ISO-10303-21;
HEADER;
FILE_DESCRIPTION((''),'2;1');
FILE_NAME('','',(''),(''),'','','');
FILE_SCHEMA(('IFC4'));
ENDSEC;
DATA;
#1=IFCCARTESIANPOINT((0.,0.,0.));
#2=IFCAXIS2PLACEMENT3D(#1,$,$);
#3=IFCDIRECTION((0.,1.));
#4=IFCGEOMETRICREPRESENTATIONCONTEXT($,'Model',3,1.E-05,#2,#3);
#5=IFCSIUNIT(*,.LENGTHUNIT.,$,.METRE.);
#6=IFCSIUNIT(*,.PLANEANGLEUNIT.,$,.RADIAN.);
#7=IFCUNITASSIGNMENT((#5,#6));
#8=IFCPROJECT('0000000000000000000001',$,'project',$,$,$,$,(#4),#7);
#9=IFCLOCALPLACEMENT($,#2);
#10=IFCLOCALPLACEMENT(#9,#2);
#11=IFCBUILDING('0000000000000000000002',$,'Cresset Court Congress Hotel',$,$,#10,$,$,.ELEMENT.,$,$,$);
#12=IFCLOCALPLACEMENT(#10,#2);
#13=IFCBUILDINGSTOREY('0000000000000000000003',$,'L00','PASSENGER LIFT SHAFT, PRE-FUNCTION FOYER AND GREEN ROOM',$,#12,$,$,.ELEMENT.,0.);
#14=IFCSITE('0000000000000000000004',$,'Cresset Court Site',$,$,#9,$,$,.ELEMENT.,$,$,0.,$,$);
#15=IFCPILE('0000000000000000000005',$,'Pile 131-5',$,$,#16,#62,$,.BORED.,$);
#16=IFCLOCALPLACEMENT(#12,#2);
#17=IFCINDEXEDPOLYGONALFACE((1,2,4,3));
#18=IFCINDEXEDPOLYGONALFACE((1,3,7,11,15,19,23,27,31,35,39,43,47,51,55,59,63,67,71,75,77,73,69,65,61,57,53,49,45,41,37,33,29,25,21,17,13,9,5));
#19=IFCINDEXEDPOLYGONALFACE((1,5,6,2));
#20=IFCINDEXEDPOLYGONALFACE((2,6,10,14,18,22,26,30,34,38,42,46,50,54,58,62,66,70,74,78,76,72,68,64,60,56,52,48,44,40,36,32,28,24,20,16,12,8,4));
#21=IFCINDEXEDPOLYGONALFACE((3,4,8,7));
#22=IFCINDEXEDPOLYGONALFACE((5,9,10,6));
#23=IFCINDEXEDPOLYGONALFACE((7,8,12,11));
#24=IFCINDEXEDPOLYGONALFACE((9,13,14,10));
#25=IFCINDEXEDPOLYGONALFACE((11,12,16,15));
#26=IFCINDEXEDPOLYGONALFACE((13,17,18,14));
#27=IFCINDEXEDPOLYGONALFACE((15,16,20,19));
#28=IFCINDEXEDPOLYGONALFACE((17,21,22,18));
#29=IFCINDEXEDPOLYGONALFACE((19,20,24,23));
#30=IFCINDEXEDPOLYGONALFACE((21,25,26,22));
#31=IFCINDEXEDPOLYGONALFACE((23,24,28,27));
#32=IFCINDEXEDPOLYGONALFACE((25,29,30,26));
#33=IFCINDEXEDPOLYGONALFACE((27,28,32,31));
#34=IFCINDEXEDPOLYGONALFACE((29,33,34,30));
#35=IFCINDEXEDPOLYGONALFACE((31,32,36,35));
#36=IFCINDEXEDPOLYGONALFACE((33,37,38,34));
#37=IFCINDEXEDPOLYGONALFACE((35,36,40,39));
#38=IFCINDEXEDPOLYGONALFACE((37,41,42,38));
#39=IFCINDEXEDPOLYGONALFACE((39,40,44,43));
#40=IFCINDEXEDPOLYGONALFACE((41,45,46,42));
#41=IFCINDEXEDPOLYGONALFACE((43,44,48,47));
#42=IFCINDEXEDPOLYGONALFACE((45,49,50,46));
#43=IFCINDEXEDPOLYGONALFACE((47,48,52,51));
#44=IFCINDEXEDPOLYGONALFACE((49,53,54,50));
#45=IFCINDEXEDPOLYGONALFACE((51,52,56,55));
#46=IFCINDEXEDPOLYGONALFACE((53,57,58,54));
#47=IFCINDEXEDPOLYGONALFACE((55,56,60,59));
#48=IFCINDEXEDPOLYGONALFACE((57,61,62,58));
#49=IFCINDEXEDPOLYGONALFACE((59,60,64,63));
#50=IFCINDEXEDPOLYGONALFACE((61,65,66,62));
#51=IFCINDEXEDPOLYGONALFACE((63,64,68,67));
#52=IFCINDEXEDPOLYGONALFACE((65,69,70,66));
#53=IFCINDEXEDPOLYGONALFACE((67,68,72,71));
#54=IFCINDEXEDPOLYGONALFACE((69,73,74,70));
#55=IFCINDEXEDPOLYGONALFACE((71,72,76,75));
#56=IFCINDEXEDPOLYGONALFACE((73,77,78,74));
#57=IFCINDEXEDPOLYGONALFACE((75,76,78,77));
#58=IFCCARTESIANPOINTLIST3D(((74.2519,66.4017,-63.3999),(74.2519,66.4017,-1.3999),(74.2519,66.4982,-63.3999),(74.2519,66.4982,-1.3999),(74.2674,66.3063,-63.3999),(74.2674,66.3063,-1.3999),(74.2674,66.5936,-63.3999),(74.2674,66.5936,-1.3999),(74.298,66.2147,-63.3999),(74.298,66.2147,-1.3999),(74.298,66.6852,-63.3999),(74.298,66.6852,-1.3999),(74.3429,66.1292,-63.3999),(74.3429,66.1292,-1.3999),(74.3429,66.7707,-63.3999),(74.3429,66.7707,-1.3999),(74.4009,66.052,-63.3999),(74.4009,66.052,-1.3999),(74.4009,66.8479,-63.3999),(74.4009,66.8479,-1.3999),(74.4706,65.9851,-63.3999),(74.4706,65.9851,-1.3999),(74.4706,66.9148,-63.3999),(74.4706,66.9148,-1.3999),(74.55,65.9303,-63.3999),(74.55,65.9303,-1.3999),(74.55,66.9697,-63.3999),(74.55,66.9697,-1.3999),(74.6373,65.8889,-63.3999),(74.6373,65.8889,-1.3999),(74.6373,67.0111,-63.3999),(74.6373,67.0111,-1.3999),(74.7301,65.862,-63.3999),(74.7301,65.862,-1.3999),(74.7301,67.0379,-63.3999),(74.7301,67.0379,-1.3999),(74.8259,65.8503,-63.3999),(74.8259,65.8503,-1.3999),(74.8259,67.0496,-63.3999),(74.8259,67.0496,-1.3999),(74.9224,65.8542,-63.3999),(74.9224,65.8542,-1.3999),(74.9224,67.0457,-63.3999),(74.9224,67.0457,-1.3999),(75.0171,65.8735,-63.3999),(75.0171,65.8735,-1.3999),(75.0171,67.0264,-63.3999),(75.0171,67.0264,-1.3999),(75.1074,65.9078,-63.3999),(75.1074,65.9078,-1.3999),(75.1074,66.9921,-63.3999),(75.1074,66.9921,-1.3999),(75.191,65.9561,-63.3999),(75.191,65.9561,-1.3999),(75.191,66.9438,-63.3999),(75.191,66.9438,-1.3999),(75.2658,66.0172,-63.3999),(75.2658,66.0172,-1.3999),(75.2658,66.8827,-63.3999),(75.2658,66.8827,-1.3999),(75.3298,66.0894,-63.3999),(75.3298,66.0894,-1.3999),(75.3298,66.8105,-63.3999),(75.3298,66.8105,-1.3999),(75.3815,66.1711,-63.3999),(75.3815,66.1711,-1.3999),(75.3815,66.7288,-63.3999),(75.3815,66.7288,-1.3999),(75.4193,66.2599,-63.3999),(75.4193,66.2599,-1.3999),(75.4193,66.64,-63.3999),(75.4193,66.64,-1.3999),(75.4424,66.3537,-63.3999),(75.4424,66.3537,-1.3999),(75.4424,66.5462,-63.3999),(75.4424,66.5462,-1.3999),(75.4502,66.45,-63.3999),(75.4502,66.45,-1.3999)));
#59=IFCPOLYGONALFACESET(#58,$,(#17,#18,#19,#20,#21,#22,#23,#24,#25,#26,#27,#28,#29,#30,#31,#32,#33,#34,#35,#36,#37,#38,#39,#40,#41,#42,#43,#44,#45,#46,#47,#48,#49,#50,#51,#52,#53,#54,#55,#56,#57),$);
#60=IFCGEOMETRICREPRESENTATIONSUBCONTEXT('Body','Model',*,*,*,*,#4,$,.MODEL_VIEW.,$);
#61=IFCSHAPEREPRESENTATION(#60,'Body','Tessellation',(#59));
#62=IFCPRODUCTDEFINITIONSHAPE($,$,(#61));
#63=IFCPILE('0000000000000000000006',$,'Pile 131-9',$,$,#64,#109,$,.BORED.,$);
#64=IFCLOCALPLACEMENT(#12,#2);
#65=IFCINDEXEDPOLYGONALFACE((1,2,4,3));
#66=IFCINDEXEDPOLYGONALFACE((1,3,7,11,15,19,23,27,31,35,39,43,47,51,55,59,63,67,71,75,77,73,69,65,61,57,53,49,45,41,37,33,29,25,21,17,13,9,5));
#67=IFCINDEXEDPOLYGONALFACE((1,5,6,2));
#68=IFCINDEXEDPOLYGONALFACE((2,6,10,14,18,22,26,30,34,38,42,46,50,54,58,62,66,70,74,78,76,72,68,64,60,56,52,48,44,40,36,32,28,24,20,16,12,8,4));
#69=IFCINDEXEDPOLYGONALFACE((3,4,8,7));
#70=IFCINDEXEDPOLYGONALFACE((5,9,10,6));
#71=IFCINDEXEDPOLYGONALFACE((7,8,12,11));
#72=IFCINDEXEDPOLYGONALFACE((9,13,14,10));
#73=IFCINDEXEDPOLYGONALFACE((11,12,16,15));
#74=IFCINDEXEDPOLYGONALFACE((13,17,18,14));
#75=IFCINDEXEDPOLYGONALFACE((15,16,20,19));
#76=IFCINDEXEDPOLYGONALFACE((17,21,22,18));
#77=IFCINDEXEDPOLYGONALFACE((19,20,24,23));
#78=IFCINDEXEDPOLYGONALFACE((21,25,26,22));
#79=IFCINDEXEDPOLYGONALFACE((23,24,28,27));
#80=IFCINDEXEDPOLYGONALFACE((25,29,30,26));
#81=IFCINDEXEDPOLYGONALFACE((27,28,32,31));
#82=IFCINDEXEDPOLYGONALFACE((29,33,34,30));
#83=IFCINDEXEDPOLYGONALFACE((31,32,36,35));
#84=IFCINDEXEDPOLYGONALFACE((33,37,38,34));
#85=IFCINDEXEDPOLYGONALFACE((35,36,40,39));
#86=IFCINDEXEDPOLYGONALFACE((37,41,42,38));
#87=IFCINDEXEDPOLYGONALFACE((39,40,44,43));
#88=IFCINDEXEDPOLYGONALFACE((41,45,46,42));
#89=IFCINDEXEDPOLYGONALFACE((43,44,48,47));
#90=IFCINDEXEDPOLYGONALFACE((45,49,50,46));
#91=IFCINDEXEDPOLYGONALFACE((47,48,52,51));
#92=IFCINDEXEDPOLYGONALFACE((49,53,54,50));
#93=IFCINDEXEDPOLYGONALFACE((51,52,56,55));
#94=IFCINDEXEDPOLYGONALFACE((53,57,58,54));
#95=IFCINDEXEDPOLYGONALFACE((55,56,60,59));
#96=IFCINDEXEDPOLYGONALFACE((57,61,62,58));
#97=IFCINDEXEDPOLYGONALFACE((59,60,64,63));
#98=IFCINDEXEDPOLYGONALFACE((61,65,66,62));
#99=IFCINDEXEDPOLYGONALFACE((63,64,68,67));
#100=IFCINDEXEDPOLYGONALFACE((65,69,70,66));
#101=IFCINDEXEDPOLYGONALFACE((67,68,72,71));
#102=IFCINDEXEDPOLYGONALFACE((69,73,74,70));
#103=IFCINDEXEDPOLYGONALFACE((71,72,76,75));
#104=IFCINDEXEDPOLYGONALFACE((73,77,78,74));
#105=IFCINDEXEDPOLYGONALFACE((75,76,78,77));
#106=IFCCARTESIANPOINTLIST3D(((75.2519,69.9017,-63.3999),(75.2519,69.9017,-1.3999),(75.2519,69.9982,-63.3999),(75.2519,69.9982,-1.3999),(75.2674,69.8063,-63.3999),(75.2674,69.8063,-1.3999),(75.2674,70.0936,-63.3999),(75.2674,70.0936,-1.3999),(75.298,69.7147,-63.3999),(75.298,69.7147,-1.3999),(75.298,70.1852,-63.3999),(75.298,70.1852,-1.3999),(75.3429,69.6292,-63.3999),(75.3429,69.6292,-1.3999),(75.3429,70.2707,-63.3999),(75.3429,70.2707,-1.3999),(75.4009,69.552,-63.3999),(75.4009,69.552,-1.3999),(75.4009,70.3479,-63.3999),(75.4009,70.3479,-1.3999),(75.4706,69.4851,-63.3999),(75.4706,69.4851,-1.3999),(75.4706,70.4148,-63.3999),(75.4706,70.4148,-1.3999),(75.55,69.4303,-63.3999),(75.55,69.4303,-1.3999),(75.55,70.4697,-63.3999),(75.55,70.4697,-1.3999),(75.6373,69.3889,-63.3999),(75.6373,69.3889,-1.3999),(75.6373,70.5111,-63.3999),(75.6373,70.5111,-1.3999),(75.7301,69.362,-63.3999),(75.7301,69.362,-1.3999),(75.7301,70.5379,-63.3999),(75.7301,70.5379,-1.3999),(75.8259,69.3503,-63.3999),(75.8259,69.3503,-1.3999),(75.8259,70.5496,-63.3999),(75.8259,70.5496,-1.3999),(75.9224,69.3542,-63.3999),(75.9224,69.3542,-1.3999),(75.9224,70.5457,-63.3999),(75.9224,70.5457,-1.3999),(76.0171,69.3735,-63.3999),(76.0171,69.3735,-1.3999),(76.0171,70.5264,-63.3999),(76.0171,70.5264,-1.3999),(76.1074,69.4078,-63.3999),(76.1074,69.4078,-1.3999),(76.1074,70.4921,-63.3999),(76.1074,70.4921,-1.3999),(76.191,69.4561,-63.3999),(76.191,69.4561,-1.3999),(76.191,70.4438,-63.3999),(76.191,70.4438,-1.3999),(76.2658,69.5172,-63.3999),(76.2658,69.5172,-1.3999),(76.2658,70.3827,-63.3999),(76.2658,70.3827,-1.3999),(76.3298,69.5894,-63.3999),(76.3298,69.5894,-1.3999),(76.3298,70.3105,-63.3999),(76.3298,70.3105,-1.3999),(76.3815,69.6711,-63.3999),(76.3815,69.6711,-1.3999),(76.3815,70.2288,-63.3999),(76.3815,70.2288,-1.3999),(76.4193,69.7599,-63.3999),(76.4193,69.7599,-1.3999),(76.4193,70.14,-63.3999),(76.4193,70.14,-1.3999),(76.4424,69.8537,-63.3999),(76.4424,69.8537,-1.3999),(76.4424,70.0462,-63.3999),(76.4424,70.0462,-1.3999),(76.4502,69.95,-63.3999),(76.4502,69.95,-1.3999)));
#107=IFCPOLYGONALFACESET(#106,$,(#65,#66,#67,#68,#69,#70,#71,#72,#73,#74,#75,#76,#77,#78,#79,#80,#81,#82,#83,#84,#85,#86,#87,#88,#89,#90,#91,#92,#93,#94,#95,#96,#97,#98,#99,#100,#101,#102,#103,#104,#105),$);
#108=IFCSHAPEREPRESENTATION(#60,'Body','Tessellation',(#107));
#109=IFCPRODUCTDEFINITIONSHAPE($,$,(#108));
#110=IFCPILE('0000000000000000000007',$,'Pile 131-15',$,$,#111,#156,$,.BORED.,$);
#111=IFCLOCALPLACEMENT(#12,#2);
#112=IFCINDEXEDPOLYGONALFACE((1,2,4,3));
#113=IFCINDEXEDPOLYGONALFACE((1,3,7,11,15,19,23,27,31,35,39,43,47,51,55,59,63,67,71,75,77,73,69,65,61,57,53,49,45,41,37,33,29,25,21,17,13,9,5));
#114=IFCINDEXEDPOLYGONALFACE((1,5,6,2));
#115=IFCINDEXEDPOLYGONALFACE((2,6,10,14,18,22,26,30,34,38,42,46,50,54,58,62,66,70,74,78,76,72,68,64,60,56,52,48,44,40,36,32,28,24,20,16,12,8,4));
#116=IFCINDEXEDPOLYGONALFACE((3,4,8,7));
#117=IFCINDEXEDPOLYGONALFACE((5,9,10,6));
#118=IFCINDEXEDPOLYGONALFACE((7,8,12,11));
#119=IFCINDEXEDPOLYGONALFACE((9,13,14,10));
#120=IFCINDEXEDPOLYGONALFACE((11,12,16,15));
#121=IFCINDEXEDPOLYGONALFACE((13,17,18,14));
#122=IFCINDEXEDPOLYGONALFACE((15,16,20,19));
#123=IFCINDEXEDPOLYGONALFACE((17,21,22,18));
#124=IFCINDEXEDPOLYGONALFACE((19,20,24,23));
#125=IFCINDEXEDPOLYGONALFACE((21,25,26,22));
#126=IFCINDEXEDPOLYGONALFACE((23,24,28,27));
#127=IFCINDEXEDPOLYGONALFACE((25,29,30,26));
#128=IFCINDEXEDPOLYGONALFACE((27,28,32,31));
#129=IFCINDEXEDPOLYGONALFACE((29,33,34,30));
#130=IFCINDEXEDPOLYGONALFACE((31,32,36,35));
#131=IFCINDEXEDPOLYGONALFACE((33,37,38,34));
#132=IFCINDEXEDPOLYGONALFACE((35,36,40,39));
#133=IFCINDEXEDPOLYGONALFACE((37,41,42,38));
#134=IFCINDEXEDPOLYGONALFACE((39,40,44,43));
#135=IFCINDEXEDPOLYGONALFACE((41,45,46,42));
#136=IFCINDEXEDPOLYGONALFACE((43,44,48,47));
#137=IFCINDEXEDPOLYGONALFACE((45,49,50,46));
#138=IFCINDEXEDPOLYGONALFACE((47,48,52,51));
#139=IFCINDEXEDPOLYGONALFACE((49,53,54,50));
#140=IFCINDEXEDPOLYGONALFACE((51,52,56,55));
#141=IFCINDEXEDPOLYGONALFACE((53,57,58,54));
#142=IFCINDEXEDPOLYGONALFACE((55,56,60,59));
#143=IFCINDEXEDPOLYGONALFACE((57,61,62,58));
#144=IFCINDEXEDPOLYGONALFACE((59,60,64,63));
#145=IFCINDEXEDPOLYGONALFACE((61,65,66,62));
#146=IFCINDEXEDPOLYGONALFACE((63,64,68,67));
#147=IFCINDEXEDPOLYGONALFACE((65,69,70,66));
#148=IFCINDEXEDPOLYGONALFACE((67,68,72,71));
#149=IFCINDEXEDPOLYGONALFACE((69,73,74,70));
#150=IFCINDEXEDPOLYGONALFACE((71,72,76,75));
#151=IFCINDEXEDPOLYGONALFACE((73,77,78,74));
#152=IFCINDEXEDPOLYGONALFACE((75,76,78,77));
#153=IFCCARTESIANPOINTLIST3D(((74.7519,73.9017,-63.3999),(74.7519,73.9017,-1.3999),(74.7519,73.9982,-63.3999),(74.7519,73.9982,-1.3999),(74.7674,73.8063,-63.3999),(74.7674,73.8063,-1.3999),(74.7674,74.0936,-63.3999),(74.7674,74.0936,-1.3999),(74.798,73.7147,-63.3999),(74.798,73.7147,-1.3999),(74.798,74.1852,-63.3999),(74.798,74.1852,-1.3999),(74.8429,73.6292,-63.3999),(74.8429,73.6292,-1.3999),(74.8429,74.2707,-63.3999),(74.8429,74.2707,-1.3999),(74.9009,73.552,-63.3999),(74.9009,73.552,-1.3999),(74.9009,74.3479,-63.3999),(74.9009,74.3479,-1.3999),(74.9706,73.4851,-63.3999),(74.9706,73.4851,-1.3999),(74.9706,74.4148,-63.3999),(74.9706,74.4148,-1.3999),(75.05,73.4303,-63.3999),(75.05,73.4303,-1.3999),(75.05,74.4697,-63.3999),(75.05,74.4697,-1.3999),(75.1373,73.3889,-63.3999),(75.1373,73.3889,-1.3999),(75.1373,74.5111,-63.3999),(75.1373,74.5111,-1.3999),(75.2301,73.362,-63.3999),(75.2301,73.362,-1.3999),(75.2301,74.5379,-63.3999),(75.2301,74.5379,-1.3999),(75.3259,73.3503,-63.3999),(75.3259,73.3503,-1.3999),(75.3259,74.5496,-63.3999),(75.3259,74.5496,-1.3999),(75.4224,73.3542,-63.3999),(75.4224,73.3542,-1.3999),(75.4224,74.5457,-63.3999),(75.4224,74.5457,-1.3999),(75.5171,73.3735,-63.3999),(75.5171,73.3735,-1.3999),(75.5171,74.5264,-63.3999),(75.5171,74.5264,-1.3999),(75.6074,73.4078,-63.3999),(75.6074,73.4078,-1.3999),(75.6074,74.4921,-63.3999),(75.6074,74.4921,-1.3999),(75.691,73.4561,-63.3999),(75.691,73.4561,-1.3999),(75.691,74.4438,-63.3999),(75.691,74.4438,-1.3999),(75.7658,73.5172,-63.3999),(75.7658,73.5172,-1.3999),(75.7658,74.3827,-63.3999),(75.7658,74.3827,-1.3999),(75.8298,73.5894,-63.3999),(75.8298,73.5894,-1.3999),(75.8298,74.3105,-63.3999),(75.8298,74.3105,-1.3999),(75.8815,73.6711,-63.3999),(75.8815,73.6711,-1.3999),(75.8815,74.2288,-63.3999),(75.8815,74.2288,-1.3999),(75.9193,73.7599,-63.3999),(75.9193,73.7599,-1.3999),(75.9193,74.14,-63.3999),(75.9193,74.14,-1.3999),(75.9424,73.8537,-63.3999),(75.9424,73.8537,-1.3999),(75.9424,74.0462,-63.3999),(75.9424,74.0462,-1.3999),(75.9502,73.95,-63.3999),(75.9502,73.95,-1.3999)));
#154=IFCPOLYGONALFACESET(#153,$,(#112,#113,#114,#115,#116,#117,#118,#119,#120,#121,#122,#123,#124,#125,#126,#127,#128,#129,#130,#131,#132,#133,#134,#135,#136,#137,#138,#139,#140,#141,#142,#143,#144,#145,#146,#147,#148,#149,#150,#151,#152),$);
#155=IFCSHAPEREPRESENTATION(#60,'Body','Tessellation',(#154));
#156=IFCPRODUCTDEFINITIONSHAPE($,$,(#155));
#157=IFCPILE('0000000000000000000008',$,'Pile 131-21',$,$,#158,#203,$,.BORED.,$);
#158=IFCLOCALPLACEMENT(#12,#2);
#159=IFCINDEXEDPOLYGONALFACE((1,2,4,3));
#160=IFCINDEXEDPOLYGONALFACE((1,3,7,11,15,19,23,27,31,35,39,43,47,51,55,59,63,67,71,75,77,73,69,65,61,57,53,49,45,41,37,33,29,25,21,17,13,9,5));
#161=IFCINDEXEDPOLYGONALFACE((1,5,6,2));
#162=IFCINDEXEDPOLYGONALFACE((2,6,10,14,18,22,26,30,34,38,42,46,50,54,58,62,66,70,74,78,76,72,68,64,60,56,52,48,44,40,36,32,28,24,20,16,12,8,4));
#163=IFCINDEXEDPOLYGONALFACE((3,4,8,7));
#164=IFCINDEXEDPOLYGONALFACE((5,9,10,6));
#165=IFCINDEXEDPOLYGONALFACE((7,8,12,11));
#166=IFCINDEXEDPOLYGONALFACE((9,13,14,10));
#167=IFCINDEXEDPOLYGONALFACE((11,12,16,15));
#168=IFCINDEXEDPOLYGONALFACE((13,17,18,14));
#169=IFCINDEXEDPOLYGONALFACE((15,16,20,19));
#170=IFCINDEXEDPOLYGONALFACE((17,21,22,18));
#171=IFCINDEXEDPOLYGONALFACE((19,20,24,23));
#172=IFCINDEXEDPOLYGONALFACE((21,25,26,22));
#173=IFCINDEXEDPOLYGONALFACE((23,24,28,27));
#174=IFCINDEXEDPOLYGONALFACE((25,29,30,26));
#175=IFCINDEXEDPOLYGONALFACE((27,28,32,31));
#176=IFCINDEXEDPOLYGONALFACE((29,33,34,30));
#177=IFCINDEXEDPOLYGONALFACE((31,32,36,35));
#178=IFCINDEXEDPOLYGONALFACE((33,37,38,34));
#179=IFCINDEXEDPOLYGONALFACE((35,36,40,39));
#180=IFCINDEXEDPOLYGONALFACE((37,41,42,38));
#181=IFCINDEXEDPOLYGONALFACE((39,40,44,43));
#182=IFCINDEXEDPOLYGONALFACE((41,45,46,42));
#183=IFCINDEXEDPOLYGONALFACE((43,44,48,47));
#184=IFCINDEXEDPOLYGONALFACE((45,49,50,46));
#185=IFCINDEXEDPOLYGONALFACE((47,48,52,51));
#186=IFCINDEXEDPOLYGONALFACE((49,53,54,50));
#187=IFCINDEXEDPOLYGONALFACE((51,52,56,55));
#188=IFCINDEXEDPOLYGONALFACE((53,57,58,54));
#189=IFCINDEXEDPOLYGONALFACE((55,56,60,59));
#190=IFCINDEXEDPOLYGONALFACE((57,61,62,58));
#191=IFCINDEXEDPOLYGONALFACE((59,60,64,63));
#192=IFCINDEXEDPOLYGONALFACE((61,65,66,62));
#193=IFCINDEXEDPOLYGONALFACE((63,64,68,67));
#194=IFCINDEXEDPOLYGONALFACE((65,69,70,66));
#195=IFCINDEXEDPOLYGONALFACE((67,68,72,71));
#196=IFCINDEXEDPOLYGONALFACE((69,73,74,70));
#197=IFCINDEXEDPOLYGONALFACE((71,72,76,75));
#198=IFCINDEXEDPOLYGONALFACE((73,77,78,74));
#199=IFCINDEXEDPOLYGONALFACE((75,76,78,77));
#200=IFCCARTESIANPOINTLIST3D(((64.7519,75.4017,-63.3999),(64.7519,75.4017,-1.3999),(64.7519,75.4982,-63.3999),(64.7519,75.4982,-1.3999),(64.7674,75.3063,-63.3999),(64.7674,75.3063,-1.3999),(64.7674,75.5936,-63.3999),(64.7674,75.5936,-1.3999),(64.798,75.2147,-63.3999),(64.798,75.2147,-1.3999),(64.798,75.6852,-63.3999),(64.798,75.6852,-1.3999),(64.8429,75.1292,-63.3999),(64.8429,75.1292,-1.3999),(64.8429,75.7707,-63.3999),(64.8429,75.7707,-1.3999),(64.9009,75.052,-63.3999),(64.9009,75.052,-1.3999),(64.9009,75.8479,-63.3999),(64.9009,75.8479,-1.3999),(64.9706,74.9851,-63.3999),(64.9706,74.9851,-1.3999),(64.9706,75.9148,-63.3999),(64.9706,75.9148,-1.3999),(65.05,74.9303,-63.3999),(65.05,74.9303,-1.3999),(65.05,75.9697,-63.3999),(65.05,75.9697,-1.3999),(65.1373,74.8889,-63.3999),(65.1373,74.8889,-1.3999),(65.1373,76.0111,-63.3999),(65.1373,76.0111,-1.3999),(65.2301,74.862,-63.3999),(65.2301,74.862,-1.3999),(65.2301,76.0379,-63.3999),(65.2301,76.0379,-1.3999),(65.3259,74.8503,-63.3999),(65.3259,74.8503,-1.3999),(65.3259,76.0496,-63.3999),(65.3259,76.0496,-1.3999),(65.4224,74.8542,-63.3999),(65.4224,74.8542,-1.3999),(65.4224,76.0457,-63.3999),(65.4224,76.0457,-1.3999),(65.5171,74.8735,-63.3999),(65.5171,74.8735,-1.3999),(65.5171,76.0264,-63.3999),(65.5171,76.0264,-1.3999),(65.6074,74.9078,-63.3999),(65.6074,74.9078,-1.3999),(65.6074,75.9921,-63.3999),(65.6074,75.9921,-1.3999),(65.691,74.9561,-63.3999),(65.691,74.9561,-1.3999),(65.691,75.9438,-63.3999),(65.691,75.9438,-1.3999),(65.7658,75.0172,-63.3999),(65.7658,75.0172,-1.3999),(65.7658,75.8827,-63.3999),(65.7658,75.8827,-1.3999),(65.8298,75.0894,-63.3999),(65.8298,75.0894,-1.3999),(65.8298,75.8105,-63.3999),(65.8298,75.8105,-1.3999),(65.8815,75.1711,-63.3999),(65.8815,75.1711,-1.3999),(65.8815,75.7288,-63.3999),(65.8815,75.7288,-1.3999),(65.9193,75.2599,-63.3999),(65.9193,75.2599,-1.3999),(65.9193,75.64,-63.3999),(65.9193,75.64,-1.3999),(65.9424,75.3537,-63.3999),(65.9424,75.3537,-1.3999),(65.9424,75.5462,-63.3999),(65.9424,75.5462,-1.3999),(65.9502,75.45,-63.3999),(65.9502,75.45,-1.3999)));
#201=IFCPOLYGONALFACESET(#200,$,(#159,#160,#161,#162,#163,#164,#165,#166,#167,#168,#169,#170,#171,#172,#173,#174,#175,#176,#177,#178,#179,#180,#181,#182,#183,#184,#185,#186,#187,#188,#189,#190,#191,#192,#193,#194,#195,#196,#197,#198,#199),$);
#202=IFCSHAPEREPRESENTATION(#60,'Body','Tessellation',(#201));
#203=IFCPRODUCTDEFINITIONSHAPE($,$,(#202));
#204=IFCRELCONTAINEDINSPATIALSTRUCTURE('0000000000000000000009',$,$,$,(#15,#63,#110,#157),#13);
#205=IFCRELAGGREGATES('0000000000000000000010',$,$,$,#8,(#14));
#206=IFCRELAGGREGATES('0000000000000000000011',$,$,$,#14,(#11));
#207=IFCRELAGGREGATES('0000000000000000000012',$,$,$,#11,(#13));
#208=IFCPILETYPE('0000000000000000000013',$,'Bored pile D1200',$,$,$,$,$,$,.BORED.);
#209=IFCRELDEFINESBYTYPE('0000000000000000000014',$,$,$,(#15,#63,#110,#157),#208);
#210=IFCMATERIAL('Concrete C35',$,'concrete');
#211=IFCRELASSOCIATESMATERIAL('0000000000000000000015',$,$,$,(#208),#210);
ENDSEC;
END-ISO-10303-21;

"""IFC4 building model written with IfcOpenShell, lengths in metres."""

from ifc_helpers import new_model, si_unit, direction, frame, origin, origin_2d, place, context, subcontext, project, spatial, circle, extrude, material, type_object, element, save


model = new_model("IFC4")

# Units and contexts
model_context = context("Model", 3, precision=1e-05, world=origin(), true_north=direction((0.0, 1.0)))
body_context = subcontext(model_context, "Body", "Model", "MODEL_VIEW")
ifc_project = project(units=[si_unit("LENGTHUNIT", "METRE"), si_unit("PLANEANGLEUNIT", "RADIAN")], contexts=[model_context])

# Site, building, storey
site_placement = place(None, origin())
site = spatial("IfcSite", under=ifc_project, at=site_placement, Name="Cresset Court Site", CompositionType="ELEMENT", RefElevation=0.0)
building_placement = place(site_placement, origin())
building = spatial("IfcBuilding", under=site, at=building_placement, Name="Cresset Court Congress Hotel", CompositionType="ELEMENT")
storey_placement = place(building_placement, origin())
storey = spatial("IfcBuildingStorey", under=building, at=storey_placement, Name="L00", Description="PASSENGER LIFT SHAFT, PRE-FUNCTION FOYER AND GREEN ROOM", CompositionType="ELEMENT", Elevation=0.0)

# Piles
ifc_material_1 = material(Name="Concrete C35", Category="concrete")
pile_type = type_object("IfcPileType", Name="Bored pile D1200", PredefinedType="BORED", material=ifc_material_1)
for number, where, z_axis, x_axis, name in (
    (1, (74.8501, 66.45, -1.3999), (0.0, 0.0, -1.0), (1.0, 0.0, 0.0), "Pile 131-5"),
    (2, (75.8501, 69.95, -1.3999), (0.0, 0.0, -1.0), (1.0, 0.0, 0.0), "Pile 131-9"),
    (3, (75.3501, 73.95, -1.3999), (0.0, 0.0, -1.0), (1.0, 0.0, 0.0), "Pile 131-15"),
    (4, (65.3501, 75.45, -1.3999), (0.0, 0.0, -1.0), (1.0, 0.0, 0.0), "Pile 131-21"),
):
    element("IfcPile", number, at=place(storey_placement, frame(where, z_axis=z_axis, x_axis=x_axis)), inside=storey, type_object=pile_type, Name=name, PredefinedType="BORED", context=body_context, shape_type="SweptSolid", body=[
        extrude(circle(Radius=0.6001, at=origin_2d()), origin(), (0.0, 0.0, 1.0), 62.0),
    ])

save(model, "model.ifc")
